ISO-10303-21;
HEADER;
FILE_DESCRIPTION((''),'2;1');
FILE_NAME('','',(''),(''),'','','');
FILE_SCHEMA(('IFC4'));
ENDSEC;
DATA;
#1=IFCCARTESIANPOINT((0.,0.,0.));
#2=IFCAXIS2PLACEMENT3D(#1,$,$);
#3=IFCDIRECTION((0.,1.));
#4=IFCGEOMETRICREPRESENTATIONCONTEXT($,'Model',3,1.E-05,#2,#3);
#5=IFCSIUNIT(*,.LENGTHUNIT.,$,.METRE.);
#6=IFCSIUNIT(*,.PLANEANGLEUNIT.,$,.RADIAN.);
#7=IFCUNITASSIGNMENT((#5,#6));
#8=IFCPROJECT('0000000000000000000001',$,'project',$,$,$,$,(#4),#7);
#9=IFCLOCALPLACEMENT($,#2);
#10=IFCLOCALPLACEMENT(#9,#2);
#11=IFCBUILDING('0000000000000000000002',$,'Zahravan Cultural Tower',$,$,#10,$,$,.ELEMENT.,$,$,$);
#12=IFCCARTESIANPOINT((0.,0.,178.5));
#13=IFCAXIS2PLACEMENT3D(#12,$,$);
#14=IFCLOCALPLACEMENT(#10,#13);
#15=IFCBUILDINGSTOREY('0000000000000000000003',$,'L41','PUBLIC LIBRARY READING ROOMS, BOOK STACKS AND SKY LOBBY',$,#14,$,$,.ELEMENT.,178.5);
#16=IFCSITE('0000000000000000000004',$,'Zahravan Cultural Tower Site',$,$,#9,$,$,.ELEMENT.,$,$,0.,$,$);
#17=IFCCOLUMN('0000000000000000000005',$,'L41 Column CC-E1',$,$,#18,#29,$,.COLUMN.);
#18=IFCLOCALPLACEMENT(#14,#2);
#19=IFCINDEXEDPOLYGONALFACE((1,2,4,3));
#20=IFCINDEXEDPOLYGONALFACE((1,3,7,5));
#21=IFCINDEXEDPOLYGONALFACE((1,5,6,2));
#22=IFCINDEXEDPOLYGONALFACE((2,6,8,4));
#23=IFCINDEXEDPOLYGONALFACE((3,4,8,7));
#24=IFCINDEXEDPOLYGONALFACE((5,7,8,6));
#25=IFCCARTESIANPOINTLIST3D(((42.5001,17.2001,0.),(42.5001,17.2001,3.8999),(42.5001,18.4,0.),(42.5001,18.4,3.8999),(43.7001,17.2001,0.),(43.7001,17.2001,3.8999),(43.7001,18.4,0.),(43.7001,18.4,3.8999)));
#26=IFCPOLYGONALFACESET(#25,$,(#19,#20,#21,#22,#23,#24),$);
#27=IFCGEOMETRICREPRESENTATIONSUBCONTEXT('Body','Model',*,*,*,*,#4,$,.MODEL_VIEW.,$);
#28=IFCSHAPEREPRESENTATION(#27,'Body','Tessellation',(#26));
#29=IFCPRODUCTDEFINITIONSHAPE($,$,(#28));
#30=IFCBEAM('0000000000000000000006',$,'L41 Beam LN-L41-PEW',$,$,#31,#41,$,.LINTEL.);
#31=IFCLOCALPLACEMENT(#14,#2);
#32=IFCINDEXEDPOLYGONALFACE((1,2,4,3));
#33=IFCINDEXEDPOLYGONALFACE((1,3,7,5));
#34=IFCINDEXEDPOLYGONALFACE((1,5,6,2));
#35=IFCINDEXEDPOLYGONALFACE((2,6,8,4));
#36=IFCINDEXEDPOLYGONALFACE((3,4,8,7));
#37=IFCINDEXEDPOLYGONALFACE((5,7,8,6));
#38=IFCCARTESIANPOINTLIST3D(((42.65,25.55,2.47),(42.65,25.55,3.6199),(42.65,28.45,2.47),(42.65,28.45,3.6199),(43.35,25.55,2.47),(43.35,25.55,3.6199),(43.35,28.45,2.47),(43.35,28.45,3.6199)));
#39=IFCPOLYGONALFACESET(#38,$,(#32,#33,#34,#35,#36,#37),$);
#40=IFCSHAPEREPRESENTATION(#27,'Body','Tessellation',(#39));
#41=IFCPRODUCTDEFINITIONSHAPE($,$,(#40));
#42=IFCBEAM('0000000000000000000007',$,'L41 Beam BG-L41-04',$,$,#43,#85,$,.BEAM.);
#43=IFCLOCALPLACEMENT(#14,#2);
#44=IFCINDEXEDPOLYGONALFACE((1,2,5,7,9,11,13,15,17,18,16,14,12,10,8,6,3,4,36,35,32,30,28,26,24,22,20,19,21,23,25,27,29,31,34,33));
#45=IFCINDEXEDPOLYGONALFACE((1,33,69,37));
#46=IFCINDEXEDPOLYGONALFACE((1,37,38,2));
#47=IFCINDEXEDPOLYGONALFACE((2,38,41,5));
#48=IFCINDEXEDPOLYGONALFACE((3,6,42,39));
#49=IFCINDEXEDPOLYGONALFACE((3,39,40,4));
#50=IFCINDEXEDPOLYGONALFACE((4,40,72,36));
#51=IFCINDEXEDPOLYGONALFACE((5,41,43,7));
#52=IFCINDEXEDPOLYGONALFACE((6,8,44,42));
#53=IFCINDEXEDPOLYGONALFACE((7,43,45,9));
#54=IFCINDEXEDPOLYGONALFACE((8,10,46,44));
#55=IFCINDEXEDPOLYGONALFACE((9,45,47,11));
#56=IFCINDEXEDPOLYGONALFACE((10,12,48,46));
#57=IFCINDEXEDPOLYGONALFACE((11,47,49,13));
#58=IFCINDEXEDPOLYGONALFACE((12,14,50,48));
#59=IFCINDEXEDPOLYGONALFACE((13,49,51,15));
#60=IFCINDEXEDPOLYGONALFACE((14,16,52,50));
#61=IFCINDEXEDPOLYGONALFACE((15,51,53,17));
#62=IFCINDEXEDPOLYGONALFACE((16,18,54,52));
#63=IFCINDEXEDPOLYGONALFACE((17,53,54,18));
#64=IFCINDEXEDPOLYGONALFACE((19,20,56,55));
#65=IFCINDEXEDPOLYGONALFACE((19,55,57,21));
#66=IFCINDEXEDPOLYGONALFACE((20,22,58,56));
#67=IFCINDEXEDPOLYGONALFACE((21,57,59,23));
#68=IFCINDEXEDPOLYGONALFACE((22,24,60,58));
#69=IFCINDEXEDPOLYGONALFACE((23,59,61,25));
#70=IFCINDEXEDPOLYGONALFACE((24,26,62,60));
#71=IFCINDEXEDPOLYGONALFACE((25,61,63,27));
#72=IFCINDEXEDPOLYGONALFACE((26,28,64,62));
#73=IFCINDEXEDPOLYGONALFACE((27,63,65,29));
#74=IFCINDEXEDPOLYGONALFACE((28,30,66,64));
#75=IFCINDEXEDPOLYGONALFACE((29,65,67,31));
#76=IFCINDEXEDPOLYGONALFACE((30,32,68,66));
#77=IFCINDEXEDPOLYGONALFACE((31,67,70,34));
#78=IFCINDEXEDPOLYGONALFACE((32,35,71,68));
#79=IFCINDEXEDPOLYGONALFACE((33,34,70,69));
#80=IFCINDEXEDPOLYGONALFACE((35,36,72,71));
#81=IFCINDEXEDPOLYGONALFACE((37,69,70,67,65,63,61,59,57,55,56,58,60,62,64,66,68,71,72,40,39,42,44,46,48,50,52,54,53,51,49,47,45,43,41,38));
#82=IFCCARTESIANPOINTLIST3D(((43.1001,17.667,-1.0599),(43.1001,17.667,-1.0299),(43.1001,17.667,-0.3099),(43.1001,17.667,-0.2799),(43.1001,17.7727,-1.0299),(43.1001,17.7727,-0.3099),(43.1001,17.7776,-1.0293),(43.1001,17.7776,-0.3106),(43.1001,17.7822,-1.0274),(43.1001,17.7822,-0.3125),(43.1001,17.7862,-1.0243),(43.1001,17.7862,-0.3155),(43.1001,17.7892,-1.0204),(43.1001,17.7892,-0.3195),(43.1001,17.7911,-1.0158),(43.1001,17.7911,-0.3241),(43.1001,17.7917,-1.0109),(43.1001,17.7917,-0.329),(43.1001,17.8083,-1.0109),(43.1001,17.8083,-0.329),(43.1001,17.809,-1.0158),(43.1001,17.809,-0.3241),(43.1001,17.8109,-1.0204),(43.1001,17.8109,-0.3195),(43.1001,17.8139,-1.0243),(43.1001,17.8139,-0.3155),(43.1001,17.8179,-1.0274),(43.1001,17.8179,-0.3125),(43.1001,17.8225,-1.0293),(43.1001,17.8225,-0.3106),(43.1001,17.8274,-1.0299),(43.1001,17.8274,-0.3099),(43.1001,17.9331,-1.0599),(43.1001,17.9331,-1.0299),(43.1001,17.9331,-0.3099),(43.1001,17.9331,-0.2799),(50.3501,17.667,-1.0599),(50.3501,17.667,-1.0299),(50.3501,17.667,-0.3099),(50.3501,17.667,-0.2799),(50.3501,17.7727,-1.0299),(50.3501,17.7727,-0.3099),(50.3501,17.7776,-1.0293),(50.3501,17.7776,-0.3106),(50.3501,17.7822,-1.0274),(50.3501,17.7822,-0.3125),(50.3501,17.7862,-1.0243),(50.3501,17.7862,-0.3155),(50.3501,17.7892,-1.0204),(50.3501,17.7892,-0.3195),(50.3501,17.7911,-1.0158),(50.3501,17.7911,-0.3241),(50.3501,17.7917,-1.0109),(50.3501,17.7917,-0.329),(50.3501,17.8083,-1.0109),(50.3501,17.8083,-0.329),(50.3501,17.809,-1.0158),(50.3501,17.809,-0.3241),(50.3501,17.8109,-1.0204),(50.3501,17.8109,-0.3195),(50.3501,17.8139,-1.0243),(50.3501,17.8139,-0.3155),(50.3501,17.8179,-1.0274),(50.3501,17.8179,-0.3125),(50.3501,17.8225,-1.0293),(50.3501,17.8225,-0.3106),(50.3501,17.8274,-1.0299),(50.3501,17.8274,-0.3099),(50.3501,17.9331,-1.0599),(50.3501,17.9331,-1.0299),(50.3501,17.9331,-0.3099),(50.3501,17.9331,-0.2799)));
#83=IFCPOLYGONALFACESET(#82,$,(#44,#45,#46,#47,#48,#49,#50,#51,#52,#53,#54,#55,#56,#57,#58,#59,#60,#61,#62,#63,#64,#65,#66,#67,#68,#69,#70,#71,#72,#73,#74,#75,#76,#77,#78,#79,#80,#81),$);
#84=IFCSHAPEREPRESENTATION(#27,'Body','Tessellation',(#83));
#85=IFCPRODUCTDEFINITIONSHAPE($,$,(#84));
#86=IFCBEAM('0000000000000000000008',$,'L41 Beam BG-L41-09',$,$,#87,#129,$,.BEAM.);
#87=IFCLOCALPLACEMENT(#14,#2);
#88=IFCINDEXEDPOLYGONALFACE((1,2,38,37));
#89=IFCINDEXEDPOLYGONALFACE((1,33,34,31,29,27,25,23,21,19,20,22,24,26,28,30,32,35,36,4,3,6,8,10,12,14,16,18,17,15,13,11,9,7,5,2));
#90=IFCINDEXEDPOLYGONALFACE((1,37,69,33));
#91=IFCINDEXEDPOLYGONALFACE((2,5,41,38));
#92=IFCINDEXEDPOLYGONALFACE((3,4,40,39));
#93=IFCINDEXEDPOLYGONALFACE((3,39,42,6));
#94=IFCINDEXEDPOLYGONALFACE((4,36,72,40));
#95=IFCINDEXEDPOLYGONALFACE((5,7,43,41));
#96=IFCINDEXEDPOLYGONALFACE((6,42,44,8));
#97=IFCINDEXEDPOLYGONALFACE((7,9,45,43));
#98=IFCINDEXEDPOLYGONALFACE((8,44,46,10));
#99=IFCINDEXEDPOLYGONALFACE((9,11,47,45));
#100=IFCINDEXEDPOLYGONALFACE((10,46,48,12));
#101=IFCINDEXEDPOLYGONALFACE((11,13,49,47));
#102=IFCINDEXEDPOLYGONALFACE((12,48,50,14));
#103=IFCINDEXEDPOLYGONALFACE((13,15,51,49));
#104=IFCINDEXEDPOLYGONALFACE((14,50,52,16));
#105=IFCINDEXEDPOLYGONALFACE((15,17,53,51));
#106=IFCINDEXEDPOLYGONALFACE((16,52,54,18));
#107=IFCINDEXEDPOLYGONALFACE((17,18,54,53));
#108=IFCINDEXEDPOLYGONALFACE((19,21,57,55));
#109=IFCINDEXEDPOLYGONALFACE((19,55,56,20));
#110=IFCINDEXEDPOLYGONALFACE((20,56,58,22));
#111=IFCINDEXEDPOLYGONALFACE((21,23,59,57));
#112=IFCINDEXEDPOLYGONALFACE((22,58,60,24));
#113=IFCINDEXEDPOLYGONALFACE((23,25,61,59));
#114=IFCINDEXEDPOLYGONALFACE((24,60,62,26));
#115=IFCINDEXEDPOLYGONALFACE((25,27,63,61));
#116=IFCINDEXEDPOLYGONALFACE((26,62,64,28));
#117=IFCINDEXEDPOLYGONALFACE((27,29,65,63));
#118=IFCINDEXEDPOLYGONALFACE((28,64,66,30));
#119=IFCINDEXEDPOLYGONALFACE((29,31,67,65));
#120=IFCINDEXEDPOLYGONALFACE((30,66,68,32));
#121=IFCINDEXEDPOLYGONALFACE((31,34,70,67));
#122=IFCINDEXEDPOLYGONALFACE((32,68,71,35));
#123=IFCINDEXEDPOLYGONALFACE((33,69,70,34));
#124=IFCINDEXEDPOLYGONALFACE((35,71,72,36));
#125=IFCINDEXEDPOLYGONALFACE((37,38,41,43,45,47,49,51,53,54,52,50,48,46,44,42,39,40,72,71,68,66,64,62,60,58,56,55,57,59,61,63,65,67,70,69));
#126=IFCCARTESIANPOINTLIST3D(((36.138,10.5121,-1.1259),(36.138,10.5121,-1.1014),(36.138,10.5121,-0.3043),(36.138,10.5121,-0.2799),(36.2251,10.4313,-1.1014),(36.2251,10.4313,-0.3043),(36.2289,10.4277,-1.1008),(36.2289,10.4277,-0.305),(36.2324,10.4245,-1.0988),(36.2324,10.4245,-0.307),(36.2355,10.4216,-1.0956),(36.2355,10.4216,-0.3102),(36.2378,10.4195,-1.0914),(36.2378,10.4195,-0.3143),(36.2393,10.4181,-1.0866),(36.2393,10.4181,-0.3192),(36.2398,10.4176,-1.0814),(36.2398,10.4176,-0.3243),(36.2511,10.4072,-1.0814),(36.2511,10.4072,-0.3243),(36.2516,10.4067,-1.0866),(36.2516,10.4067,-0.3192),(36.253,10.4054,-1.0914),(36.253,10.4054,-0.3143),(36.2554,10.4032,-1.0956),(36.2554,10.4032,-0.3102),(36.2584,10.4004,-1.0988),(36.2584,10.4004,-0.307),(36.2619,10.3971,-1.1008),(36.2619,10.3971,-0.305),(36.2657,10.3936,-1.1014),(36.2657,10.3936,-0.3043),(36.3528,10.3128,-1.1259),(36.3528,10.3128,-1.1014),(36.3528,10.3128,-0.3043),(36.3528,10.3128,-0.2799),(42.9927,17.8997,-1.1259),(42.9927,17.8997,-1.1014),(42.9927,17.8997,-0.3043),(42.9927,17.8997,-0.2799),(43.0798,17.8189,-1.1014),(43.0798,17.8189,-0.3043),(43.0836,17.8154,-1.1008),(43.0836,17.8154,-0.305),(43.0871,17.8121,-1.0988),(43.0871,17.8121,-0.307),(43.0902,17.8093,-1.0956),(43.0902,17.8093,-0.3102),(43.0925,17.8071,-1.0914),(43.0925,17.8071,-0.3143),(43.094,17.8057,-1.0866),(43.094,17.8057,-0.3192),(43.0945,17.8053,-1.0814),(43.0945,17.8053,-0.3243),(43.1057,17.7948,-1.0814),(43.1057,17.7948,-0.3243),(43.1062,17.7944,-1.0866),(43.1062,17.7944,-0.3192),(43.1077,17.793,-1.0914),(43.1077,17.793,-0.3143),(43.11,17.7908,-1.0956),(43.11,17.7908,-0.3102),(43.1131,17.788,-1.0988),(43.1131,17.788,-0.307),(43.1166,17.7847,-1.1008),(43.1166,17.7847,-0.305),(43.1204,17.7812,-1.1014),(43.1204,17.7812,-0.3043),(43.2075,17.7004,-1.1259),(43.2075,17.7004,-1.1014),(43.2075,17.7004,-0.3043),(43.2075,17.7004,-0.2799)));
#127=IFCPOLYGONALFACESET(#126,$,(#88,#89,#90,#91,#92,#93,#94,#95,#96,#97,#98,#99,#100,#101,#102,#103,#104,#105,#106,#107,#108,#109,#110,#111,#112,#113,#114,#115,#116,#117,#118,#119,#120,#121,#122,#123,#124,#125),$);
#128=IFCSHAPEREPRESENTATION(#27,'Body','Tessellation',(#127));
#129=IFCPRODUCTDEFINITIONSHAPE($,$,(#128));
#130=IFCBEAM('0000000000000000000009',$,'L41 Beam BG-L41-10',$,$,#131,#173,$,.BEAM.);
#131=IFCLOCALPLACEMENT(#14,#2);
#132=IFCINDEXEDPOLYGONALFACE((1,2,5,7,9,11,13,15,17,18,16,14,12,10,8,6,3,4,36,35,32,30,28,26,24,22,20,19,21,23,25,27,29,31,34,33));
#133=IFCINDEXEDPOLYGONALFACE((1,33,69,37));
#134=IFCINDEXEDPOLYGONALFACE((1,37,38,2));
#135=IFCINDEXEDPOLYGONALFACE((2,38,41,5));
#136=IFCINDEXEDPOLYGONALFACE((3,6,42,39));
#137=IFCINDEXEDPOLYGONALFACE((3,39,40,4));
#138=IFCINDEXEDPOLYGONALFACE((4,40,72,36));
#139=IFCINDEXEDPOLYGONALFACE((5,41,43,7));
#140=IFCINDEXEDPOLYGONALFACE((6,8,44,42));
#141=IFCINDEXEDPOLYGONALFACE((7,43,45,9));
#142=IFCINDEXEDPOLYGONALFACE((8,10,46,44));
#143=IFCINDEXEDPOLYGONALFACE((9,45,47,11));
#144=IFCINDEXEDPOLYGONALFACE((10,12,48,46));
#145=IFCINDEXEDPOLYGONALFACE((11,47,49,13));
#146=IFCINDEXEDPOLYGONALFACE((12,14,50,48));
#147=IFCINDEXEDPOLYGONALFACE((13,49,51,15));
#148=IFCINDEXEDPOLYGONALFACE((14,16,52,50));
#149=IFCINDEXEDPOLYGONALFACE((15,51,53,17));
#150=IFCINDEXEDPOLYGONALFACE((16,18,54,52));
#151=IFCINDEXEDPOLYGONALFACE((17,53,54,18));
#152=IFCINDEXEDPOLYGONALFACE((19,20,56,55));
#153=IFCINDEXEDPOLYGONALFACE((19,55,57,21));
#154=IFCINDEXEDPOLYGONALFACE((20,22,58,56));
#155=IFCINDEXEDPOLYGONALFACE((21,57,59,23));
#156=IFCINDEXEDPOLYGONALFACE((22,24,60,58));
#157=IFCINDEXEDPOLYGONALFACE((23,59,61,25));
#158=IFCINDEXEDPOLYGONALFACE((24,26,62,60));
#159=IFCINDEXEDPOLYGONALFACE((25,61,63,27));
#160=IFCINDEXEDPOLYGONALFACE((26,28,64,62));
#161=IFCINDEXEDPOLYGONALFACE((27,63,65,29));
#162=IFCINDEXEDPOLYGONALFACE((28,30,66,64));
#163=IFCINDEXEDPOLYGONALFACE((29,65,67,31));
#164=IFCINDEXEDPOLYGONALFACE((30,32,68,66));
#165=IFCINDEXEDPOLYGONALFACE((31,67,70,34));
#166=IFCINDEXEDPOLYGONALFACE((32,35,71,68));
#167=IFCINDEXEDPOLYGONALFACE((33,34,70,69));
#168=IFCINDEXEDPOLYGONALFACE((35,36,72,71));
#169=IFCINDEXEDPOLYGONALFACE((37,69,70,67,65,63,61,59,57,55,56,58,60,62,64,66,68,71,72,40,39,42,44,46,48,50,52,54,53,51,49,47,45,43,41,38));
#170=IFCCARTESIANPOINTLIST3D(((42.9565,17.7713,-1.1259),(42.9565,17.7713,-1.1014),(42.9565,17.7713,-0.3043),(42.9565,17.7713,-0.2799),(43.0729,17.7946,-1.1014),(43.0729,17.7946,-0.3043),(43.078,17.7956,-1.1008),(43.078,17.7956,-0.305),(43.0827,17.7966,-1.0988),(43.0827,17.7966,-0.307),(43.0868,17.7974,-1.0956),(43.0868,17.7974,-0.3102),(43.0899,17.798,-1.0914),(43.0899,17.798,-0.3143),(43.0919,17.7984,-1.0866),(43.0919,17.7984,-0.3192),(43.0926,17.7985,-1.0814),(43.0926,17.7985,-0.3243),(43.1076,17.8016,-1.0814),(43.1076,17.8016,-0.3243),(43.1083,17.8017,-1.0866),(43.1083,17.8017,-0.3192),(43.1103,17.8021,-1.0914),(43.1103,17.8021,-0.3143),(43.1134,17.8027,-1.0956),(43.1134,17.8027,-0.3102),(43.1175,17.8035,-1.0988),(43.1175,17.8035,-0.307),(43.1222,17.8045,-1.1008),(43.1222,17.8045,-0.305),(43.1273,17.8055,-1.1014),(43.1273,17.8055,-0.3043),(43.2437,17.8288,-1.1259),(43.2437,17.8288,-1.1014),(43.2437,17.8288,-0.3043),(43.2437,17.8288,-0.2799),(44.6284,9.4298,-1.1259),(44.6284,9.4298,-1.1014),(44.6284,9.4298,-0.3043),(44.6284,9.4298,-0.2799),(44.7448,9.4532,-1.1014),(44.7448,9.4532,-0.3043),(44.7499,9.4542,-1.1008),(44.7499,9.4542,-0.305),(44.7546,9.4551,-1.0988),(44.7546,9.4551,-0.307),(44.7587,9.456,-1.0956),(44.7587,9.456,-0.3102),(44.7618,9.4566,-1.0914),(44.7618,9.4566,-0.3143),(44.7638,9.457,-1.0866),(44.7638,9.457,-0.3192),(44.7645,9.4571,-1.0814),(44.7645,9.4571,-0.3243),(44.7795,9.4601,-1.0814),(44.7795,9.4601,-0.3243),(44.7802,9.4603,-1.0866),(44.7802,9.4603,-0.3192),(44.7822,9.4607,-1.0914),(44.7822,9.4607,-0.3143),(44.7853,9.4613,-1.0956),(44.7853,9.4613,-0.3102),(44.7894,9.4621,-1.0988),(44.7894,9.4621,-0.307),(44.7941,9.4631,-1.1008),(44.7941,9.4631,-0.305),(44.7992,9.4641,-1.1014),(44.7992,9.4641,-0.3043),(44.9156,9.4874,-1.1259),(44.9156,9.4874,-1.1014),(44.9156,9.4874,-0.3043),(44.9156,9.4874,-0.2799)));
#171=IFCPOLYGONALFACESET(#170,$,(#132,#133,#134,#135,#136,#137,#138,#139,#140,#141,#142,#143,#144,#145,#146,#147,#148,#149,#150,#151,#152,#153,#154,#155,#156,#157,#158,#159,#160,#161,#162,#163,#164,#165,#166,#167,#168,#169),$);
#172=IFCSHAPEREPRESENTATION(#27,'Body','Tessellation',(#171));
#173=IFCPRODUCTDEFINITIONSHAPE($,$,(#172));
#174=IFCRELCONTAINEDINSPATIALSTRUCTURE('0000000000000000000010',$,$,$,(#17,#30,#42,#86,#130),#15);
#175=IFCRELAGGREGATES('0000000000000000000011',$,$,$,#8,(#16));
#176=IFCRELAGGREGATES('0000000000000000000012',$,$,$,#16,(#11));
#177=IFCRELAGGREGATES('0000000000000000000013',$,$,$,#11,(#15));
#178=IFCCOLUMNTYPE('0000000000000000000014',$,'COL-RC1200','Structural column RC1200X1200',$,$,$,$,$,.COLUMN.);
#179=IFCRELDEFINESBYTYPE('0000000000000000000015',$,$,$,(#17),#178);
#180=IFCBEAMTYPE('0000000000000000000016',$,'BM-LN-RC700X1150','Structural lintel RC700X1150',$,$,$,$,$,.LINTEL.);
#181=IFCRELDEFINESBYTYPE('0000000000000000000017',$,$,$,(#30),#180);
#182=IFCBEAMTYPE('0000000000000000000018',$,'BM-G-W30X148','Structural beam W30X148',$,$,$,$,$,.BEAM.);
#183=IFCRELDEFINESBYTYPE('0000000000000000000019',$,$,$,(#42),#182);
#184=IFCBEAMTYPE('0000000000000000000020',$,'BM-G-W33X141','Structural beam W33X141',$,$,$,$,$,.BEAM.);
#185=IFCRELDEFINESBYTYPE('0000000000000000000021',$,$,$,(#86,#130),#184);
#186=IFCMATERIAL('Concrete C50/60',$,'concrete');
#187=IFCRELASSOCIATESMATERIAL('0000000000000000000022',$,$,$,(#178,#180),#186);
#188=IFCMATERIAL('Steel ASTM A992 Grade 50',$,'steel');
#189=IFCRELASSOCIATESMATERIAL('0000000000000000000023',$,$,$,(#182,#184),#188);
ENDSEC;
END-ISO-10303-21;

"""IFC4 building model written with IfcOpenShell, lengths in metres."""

from ifc_helpers import new_model, si_unit, direction, frame, origin, origin_2d, place, context, subcontext, project, spatial, rectangle, i_section, extrude, source, transform, mapped, material, material_profile, profile_set, type_object, element, save


model = new_model("IFC4")

# Units and contexts
model_context = context("Model", 3, precision=1e-05, world=origin(), true_north=direction((0.0, 1.0)))
body_context = subcontext(model_context, "Body", "Model", "MODEL_VIEW")
ifc_project = project(units=[si_unit("LENGTHUNIT", "METRE"), si_unit("PLANEANGLEUNIT", "RADIAN")], contexts=[model_context])

# Site, building, storey
site_placement = place(None, origin())
site = spatial("IfcSite", under=ifc_project, at=site_placement, Name="Zahravan Cultural Tower Site", CompositionType="ELEMENT", RefElevation=0.0)
building_placement = place(site_placement, origin())
building = spatial("IfcBuilding", under=site, at=building_placement, Name="Zahravan Cultural Tower", CompositionType="ELEMENT")
storey_placement = place(building_placement, frame((0.0, 0.0, 178.5)))
storey = spatial("IfcBuildingStorey", under=building, at=storey_placement, Name="L41", Description="PUBLIC LIBRARY READING ROOMS, BOOK STACKS AND SKY LOBBY", CompositionType="ELEMENT", Elevation=178.5)

# Column
ifc_material_1 = material(Name="Concrete C50/60", Category="concrete")
ifc_material_profile_1 = material_profile(ifc_material_1, rectangle(XDim=1.2, YDim=1.2, at=origin_2d()), Name="RC1200X1200")
ifc_profile_set_1 = profile_set([ifc_material_profile_1], Name="Concrete C50/60")
column_type = type_object("IfcColumnType", Name="COL-RC1200", Description="Structural column RC1200X1200", PredefinedType="COLUMN", material=ifc_profile_set_1)
shared_shape_1 = source(origin(), body_context, "Body", "SweptSolid", [
    extrude(rectangle(XDim=1.2, YDim=1.2, at=origin_2d()), origin(), (0.0, 0.0, 1.0), 3.8999),
])
column_placement = place(storey_placement, frame((43.1001, 17.8, 0.0), z_axis=(0.0, 0.0, 1.0), x_axis=(1.0, 0.0, 0.0)))
element("IfcColumn", 1, at=column_placement, inside=storey, type_object=column_type, Name="L41 Column CC-E1", PredefinedType="COLUMN", context=body_context, shape_type="MappedRepresentation", body=[
    mapped(shared_shape_1, transform((0.0, 0.0, 0.0), x_axis=(1.0, 0.0, 0.0), y_axis=(0.0, 1.0, 0.0), z_axis=(0.0, 0.0, 1.0), scale=1.0)),
])

# Beams
ifc_material_profile_2 = material_profile(ifc_material_1, rectangle(XDim=0.7, YDim=1.1499, at=origin_2d()), Name="RC700X1150")
ifc_profile_set_2 = profile_set([ifc_material_profile_2], Name="Concrete C50/60")
beam_type_1 = type_object("IfcBeamType", Name="BM-LN-RC700X1150", Description="Structural lintel RC700X1150", PredefinedType="LINTEL", material=ifc_profile_set_2)
shared_shape_2 = source(origin(), body_context, "Body", "SweptSolid", [
    extrude(rectangle(XDim=0.7, YDim=1.1499, at=origin_2d()), origin(), (0.0, 0.0, 1.0), 2.8999),
])
beam_1_placement = place(storey_placement, frame((43.0, 25.55, 3.0449), z_axis=(0.0, 1.0, 0.0), x_axis=(-1.0, 0.0, 0.0)))
element("IfcBeam", 2, at=beam_1_placement, inside=storey, type_object=beam_type_1, Name="L41 Beam LN-L41-PEW", PredefinedType="LINTEL", context=body_context, shape_type="MappedRepresentation", body=[
    mapped(shared_shape_2, transform((0.0, 0.0, 0.0), x_axis=(1.0, 0.0, 0.0), y_axis=(0.0, 1.0, 0.0), z_axis=(0.0, 0.0, 1.0), scale=1.0)),
])
ifc_material_2 = material(Name="Steel ASTM A992 Grade 50", Category="steel")
ifc_material_profile_3 = material_profile(ifc_material_2, i_section(OverallWidth=0.2661, OverallDepth=0.78, WebThickness=0.0166, FlangeThickness=0.03, FilletRadius=0.019, at=origin_2d()), Name="W30X148")
ifc_profile_set_3 = profile_set([ifc_material_profile_3], Name="Steel ASTM A992 Grade 50")
beam_type_2 = type_object("IfcBeamType", Name="BM-G-W30X148", Description="Structural beam W30X148", PredefinedType="BEAM", material=ifc_profile_set_3)
shared_shape_3 = source(origin(), body_context, "Body", "SweptSolid", [
    extrude(i_section(OverallWidth=0.2661, OverallDepth=0.78, WebThickness=0.0166, FlangeThickness=0.03, FilletRadius=0.019, at=origin_2d()), origin(), (0.0, 0.0, 1.0), 7.25),
])
beam_2_placement = place(storey_placement, frame((43.1001, 17.8, -0.6699), z_axis=(1.0, 0.0, 0.0), x_axis=(0.0, 1.0, 0.0)))
element("IfcBeam", 3, at=beam_2_placement, inside=storey, type_object=beam_type_2, Name="L41 Beam BG-L41-04", PredefinedType="BEAM", context=body_context, shape_type="MappedRepresentation", body=[
    mapped(shared_shape_3, transform((0.0, 0.0, 0.0), x_axis=(1.0, 0.0, 0.0), y_axis=(0.0, 1.0, 0.0), z_axis=(0.0, 0.0, 1.0), scale=1.0)),
])
ifc_material_profile_4 = material_profile(ifc_material_2, i_section(OverallWidth=0.293, OverallDepth=0.8459, WebThickness=0.0154, FlangeThickness=0.0244, FilletRadius=0.02, at=origin_2d()), Name="W33X141")
ifc_profile_set_4 = profile_set([ifc_material_profile_4], Name="Steel ASTM A992 Grade 50")
beam_type_3 = type_object("IfcBeamType", Name="BM-G-W33X141", Description="Structural beam W33X141", PredefinedType="BEAM", material=ifc_profile_set_4)
shared_shape_4 = source(origin(), body_context, "Body", "SweptSolid", [
    extrude(i_section(OverallWidth=0.293, OverallDepth=0.8459, WebThickness=0.0154, FlangeThickness=0.0244, FilletRadius=0.02, at=origin_2d()), origin(), (0.0, 0.0, 1.0), 10.0779),
])
beam_3_placement = place(storey_placement, frame((43.1001, 17.8, -0.7029), z_axis=(-0.68017, -0.733054, 0.0), x_axis=(0.733054, -0.68017, 0.0)))
element("IfcBeam", 4, at=beam_3_placement, inside=storey, type_object=beam_type_3, Name="L41 Beam BG-L41-09", PredefinedType="BEAM", context=body_context, shape_type="MappedRepresentation", body=[
    mapped(shared_shape_4, transform((0.0, 0.0, 0.0), x_axis=(1.0, 0.0, 0.0), y_axis=(0.0, 1.0, 0.0), z_axis=(0.0, 0.0, 1.0), scale=1.0)),
])
shared_shape_5 = source(origin(), body_context, "Body", "SweptSolid", [
    extrude(i_section(OverallWidth=0.293, OverallDepth=0.8459, WebThickness=0.0154, FlangeThickness=0.0244, FilletRadius=0.02, at=origin_2d()), origin(), (0.0, 0.0, 1.0), 8.5073),
])
beam_4_placement = place(storey_placement, frame((43.1001, 17.8, -0.7029), z_axis=(0.196525, -0.980499, 0.0), x_axis=(0.980499, 0.196525, 0.0)))
element("IfcBeam", 5, at=beam_4_placement, inside=storey, type_object=beam_type_3, Name="L41 Beam BG-L41-10", PredefinedType="BEAM", context=body_context, shape_type="MappedRepresentation", body=[
    mapped(shared_shape_5, transform((0.0, 0.0, 0.0), x_axis=(1.0, 0.0, 0.0), y_axis=(0.0, 1.0, 0.0), z_axis=(0.0, 0.0, 1.0), scale=1.0)),
])

save(model, "model.ifc")
